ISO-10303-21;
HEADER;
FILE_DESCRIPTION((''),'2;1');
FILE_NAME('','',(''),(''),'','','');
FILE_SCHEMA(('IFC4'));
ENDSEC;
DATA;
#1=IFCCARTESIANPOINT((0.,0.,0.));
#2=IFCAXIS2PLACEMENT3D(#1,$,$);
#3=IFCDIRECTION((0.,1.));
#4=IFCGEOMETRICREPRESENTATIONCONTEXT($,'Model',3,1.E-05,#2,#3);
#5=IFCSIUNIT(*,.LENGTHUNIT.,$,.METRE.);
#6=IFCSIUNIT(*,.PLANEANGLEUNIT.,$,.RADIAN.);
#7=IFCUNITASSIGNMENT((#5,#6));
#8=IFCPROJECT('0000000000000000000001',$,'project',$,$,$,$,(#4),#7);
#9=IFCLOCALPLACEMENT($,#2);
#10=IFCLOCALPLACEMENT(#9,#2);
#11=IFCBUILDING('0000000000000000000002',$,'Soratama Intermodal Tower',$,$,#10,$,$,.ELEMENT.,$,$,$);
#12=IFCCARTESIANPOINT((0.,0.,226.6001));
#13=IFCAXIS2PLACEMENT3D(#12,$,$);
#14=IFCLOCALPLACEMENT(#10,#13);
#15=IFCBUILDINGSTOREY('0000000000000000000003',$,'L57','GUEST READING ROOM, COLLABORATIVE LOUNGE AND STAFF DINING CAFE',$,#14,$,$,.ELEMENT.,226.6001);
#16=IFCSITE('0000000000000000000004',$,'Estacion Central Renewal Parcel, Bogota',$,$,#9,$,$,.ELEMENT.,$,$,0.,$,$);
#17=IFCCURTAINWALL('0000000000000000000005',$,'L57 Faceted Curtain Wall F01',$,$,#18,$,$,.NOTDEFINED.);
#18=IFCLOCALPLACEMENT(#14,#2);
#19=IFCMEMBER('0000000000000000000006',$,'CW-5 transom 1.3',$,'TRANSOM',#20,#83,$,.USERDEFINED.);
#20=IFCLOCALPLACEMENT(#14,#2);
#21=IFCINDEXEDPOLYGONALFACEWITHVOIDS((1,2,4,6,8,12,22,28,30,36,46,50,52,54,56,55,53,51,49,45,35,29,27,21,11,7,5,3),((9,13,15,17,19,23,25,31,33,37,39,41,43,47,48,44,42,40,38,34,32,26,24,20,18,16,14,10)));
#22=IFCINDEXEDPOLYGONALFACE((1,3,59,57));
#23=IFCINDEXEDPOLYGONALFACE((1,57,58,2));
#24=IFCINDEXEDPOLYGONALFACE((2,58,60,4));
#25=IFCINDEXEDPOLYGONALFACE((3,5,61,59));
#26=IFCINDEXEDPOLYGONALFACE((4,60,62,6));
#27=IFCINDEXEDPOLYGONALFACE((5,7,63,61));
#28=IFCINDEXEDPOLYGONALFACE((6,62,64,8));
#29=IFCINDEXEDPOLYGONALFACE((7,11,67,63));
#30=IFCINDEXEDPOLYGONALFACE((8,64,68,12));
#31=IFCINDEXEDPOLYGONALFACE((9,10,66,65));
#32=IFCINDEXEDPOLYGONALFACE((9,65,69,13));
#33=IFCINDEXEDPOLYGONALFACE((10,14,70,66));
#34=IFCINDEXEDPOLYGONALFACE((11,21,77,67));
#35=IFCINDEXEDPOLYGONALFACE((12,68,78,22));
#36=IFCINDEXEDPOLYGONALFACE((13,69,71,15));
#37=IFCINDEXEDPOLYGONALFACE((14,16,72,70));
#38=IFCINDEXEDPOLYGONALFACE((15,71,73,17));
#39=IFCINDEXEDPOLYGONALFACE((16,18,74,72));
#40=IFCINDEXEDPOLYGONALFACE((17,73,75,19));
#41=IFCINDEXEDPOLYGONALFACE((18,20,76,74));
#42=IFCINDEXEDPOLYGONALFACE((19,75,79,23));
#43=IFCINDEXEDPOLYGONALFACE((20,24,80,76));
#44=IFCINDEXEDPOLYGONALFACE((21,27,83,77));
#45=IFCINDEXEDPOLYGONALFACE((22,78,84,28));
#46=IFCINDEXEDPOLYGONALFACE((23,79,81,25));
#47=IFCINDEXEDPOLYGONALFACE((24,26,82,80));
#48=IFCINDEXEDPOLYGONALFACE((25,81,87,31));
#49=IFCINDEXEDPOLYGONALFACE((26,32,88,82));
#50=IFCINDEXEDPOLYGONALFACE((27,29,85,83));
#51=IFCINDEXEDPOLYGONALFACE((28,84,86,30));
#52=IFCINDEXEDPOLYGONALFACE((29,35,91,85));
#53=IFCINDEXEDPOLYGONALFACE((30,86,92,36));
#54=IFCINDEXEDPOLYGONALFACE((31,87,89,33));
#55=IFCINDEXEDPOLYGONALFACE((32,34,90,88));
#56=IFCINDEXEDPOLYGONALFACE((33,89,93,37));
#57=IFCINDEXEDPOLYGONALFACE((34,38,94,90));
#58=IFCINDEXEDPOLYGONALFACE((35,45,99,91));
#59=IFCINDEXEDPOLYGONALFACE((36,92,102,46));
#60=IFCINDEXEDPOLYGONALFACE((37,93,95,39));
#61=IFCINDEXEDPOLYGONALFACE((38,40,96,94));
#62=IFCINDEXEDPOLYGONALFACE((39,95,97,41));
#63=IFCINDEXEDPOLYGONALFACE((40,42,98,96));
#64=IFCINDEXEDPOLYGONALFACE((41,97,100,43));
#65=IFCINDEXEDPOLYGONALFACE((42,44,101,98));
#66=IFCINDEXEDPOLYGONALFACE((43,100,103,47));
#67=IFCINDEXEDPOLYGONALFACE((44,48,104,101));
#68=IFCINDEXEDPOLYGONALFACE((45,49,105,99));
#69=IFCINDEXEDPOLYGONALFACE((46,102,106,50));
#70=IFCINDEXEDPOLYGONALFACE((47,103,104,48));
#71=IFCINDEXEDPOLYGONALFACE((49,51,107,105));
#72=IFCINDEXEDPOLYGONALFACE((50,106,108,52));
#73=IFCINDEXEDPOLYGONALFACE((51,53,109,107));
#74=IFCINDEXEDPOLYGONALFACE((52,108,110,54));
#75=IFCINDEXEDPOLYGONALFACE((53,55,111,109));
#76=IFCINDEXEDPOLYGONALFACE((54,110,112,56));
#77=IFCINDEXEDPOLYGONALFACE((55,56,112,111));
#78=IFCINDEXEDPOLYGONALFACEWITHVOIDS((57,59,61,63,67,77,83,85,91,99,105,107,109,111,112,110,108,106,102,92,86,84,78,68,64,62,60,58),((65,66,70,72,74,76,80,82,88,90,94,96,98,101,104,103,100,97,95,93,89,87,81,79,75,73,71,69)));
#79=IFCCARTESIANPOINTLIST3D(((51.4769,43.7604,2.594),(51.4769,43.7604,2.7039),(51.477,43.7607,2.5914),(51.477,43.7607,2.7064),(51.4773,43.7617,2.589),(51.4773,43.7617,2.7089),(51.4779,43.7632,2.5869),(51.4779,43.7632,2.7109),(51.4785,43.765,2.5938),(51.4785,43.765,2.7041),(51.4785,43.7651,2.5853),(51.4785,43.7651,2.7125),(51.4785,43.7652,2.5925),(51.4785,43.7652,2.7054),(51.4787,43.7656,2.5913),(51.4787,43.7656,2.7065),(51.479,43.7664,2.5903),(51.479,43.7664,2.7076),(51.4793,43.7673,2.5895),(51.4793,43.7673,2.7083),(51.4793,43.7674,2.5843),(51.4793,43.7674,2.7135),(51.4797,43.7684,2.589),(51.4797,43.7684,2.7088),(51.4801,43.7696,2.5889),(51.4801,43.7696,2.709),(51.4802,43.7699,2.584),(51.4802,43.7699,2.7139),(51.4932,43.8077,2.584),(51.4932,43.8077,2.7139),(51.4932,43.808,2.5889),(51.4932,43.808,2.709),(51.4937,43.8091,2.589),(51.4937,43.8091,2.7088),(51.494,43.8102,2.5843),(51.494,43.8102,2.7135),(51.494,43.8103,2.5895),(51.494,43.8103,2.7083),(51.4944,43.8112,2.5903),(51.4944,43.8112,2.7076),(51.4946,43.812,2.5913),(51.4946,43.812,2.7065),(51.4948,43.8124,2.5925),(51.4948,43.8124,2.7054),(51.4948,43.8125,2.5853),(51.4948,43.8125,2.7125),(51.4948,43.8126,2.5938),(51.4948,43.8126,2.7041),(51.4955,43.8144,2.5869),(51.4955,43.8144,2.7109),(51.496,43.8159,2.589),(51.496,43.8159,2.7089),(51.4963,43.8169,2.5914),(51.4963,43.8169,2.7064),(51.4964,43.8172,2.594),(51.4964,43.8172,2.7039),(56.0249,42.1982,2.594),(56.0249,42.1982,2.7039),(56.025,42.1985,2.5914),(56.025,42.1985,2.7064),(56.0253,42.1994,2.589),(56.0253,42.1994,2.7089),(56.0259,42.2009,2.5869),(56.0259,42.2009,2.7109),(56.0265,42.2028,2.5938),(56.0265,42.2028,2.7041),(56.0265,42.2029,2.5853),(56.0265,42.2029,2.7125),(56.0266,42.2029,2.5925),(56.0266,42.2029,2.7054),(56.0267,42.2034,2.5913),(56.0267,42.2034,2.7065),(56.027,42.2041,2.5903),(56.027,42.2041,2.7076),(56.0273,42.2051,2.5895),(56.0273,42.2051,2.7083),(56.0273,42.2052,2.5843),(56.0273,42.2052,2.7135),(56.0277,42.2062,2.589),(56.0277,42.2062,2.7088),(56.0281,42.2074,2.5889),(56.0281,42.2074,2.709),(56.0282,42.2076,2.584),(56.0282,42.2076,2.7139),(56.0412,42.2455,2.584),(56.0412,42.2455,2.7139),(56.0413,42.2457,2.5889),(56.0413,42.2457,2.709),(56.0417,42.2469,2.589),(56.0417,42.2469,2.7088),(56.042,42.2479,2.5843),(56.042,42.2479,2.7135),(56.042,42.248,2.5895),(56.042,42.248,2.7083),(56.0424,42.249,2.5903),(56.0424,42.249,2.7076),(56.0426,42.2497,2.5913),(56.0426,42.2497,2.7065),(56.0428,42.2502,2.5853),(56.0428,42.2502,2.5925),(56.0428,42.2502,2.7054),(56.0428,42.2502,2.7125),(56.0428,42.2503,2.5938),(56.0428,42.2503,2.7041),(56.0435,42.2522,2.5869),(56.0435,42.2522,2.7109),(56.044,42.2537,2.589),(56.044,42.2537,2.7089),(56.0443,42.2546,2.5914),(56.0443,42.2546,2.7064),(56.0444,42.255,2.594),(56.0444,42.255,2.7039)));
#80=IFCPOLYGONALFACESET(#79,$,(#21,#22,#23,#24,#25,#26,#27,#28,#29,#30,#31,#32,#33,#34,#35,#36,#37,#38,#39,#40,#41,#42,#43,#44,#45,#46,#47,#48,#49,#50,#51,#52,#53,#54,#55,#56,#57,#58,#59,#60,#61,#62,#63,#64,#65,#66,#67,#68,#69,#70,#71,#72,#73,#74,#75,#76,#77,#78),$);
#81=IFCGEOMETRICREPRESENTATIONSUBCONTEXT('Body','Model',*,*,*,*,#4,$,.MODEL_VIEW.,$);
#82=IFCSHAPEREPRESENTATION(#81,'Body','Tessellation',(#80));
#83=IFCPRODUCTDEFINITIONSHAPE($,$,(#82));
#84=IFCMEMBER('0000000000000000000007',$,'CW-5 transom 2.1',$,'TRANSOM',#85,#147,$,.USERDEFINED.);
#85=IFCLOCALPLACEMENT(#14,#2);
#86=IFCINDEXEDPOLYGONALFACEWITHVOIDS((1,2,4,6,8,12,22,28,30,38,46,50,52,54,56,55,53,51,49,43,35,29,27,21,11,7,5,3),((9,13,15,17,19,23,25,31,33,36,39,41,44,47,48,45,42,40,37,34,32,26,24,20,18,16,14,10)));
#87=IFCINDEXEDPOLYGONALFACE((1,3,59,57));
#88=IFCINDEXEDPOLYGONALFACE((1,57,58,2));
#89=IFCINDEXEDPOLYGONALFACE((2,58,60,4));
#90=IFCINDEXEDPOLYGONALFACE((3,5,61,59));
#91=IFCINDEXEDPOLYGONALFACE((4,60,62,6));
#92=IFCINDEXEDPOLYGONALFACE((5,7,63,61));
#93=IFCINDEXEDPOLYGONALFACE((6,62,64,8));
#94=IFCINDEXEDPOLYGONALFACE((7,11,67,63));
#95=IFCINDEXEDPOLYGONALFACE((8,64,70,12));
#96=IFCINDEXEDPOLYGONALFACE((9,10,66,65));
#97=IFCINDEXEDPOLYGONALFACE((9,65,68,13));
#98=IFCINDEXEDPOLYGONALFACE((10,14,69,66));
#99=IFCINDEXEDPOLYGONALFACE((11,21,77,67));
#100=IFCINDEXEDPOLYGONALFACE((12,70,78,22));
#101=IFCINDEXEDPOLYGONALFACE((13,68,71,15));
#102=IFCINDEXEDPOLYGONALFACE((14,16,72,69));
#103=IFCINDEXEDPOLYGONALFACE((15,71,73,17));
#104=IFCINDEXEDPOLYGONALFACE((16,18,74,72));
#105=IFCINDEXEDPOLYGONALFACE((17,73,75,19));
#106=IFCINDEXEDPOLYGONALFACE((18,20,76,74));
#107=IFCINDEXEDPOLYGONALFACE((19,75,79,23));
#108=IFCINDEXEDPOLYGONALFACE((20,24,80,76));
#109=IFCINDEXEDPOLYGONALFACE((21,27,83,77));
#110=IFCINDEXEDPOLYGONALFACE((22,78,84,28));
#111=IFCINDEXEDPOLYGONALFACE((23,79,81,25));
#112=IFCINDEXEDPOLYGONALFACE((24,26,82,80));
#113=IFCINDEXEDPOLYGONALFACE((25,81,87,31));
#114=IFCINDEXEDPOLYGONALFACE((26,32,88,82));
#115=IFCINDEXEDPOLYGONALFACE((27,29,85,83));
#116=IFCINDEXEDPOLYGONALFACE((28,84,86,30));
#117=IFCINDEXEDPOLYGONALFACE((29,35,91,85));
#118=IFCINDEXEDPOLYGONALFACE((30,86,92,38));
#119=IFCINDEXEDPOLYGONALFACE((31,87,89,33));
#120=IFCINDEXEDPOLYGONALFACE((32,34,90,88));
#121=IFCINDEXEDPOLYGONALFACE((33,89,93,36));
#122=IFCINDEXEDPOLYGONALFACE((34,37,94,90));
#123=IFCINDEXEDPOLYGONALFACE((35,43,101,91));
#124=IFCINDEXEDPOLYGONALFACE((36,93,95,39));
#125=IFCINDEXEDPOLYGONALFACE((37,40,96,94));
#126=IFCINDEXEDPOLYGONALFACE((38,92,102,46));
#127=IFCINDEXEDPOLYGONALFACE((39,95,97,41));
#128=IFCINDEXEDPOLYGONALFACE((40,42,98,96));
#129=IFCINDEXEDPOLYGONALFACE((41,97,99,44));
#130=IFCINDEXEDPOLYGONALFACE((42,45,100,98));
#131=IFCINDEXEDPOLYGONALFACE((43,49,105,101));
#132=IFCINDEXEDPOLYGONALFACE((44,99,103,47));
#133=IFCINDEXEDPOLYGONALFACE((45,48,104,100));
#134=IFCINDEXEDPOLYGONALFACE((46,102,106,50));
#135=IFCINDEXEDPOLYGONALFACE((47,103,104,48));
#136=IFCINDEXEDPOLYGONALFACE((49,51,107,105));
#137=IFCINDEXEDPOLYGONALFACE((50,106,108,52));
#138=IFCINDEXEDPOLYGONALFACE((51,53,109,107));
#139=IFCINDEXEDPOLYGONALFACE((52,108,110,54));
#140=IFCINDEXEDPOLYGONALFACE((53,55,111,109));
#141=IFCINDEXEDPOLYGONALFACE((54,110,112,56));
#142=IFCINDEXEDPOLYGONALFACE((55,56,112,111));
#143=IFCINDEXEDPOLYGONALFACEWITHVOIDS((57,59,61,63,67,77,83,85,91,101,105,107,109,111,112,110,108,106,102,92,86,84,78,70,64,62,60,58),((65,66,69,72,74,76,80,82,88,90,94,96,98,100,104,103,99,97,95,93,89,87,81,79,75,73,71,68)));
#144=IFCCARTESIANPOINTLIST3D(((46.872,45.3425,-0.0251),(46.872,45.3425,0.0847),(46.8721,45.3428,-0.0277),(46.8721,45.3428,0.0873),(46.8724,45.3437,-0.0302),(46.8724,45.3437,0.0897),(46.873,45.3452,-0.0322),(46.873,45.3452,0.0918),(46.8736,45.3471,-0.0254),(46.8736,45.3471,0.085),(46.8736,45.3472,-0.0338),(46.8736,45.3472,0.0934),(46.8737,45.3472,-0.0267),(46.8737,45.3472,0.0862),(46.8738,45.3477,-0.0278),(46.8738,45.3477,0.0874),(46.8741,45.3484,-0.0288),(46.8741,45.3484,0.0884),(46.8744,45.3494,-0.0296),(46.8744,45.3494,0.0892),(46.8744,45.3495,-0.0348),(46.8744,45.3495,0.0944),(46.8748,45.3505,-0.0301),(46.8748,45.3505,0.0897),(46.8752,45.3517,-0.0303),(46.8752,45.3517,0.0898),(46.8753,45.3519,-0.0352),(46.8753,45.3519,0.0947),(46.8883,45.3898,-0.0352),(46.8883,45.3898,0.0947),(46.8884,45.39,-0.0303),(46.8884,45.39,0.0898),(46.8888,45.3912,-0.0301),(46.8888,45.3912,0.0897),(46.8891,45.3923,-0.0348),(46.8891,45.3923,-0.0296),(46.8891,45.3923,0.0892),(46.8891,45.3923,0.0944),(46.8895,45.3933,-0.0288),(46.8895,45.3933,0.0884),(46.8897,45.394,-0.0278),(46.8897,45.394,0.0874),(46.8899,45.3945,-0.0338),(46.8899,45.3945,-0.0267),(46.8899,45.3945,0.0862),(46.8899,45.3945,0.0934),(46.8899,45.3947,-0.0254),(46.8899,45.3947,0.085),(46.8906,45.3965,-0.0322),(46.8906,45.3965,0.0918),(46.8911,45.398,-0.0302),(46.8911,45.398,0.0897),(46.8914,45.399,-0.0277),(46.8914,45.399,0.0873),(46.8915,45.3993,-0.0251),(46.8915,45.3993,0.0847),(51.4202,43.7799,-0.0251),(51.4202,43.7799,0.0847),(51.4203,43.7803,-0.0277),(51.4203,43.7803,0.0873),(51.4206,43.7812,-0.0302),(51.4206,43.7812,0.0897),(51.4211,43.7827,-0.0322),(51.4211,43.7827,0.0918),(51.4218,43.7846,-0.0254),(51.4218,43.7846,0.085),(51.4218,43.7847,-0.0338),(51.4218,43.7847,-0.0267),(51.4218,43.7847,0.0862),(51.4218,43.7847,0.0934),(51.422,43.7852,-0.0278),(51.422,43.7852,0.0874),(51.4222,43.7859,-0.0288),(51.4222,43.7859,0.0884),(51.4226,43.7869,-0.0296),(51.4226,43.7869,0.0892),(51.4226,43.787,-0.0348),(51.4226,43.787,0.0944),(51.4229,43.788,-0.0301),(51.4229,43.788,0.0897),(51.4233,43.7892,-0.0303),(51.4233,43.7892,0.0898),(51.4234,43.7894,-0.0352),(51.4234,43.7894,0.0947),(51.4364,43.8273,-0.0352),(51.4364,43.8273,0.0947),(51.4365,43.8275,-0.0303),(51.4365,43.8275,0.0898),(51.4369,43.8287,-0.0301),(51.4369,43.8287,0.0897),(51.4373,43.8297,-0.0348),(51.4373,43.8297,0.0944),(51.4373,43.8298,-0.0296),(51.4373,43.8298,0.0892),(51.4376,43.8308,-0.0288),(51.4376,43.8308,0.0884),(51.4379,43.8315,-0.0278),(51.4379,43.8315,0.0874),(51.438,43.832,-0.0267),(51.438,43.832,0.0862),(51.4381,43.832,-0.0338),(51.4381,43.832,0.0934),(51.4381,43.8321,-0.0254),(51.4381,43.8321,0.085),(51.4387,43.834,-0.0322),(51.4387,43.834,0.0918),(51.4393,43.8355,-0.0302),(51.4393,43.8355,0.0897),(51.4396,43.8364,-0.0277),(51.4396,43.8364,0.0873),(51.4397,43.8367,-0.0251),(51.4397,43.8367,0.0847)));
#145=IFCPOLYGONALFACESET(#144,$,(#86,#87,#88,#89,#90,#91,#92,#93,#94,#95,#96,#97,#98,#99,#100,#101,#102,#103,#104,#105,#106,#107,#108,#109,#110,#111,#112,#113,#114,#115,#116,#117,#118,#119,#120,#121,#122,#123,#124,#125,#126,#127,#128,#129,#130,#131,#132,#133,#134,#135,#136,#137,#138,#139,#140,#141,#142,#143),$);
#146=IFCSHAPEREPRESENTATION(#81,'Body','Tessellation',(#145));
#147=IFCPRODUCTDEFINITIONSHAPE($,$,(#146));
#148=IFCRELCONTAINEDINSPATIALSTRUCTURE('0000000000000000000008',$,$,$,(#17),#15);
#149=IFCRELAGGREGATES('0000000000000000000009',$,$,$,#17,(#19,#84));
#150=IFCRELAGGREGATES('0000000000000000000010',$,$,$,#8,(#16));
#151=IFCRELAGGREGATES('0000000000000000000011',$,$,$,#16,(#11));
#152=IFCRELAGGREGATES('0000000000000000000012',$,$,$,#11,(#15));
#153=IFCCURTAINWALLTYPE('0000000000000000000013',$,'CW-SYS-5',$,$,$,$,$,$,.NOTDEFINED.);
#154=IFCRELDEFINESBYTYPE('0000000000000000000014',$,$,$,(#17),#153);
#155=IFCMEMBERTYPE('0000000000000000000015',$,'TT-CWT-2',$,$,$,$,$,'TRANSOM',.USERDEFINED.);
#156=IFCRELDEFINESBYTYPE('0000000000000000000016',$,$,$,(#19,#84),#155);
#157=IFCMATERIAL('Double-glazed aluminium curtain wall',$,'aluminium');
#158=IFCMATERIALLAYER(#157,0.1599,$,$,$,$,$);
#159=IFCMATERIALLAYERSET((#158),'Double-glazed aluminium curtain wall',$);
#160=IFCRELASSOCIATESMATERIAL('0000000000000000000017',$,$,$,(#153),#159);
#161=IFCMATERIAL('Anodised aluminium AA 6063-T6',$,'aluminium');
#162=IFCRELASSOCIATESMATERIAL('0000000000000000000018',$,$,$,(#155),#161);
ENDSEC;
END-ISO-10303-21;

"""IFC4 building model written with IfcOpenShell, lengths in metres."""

from ifc_helpers import new_model, si_unit, direction, frame, origin, origin_2d, place, context, subcontext, project, spatial, hollow_rectangle, extrude, material, layer, layer_set, material_profile, profile_set, type_object, element, aggregate, save


model = new_model("IFC4")

# Units and contexts
model_context = context("Model", 3, precision=1e-05, world=origin(), true_north=direction((0.0, 1.0)))
body_context = subcontext(model_context, "Body", "Model", "MODEL_VIEW")
ifc_project = project(units=[si_unit("LENGTHUNIT", "METRE"), si_unit("PLANEANGLEUNIT", "RADIAN")], contexts=[model_context])

# Site, building, storey
site_placement = place(None, origin())
site = spatial("IfcSite", under=ifc_project, at=site_placement, Name="Estacion Central Renewal Parcel, Bogota", CompositionType="ELEMENT", RefElevation=0.0)
building_placement = place(site_placement, origin())
building = spatial("IfcBuilding", under=site, at=building_placement, Name="Soratama Intermodal Tower", CompositionType="ELEMENT")
storey_placement = place(building_placement, frame((0.0, 0.0, 226.6001)))
storey = spatial("IfcBuildingStorey", under=building, at=storey_placement, Name="L57", Description="GUEST READING ROOM, COLLABORATIVE LOUNGE AND STAFF DINING CAFE", CompositionType="ELEMENT", Elevation=226.6001)

# Curtain wall
ifc_material_1 = material(Name="Double-glazed aluminium curtain wall", Category="aluminium")
ifc_layer_1 = layer(ifc_material_1, 0.1599)
ifc_layer_set_1 = layer_set([ifc_layer_1], Name="Double-glazed aluminium curtain wall")
curtain_wall_type = type_object("IfcCurtainWallType", Name="CW-SYS-5", PredefinedType="NOTDEFINED", material=ifc_layer_set_1)
curtain_wall_1_placement = place(storey_placement, origin())
curtain_wall_1 = element("IfcCurtainWall", 1, at=curtain_wall_1_placement, inside=storey, type_object=curtain_wall_type, Name="L57 Faceted Curtain Wall F01", PredefinedType="NOTDEFINED")

# Members
ifc_material_2 = material(Name="Anodised aluminium AA 6063-T6", Category="aluminium")
ifc_material_profile_1 = material_profile(ifc_material_2, hollow_rectangle(XDim=0.0601, YDim=0.1299, WallThickness=0.0049, InnerFilletRadius=0.0049, OuterFilletRadius=0.01, at=origin_2d()), Name="CWT130X60X5")
ifc_profile_set_1 = profile_set([ifc_material_profile_1], Name="Anodised aluminium AA 6063-T6")
member_type_1 = type_object("IfcMemberType", Name="TT-CWT-2", ElementType="TRANSOM", PredefinedType="USERDEFINED", material=ifc_profile_set_1)
member_1_placement = place(storey_placement, frame((56.0347, 42.2266, 2.6489), z_axis=(-0.94576, 0.324866, 0.0), x_axis=(-0.324866, -0.94576, 0.0)))
member_1 = element("IfcMember", 2, at=member_1_placement, type_object=member_type_1, Name="CW-5 transom 1.3", ObjectType="TRANSOM", PredefinedType="USERDEFINED", context=body_context, shape_type="SweptSolid", body=[
    extrude(hollow_rectangle(XDim=0.0601, YDim=0.1299, WallThickness=0.0049, InnerFilletRadius=0.0049, OuterFilletRadius=0.01, at=origin_2d()), origin(), (0.0, 0.0, 1.0), 4.8088),
])
member_2_placement = place(storey_placement, frame((51.4299, 43.8083, 0.0298), z_axis=(-0.945745, 0.324911, 0.0), x_axis=(-0.324911, -0.945745, 0.0)))
member_2 = element("IfcMember", 3, at=member_2_placement, type_object=member_type_1, Name="CW-5 transom 2.1", ObjectType="TRANSOM", PredefinedType="USERDEFINED", context=body_context, shape_type="SweptSolid", body=[
    extrude(hollow_rectangle(XDim=0.0601, YDim=0.1299, WallThickness=0.0049, InnerFilletRadius=0.0049, OuterFilletRadius=0.01, at=origin_2d()), origin(), (0.0, 0.0, 1.0), 4.8091),
])

aggregate(curtain_wall_1, [member_1, member_2])

save(model, "model.ifc")
